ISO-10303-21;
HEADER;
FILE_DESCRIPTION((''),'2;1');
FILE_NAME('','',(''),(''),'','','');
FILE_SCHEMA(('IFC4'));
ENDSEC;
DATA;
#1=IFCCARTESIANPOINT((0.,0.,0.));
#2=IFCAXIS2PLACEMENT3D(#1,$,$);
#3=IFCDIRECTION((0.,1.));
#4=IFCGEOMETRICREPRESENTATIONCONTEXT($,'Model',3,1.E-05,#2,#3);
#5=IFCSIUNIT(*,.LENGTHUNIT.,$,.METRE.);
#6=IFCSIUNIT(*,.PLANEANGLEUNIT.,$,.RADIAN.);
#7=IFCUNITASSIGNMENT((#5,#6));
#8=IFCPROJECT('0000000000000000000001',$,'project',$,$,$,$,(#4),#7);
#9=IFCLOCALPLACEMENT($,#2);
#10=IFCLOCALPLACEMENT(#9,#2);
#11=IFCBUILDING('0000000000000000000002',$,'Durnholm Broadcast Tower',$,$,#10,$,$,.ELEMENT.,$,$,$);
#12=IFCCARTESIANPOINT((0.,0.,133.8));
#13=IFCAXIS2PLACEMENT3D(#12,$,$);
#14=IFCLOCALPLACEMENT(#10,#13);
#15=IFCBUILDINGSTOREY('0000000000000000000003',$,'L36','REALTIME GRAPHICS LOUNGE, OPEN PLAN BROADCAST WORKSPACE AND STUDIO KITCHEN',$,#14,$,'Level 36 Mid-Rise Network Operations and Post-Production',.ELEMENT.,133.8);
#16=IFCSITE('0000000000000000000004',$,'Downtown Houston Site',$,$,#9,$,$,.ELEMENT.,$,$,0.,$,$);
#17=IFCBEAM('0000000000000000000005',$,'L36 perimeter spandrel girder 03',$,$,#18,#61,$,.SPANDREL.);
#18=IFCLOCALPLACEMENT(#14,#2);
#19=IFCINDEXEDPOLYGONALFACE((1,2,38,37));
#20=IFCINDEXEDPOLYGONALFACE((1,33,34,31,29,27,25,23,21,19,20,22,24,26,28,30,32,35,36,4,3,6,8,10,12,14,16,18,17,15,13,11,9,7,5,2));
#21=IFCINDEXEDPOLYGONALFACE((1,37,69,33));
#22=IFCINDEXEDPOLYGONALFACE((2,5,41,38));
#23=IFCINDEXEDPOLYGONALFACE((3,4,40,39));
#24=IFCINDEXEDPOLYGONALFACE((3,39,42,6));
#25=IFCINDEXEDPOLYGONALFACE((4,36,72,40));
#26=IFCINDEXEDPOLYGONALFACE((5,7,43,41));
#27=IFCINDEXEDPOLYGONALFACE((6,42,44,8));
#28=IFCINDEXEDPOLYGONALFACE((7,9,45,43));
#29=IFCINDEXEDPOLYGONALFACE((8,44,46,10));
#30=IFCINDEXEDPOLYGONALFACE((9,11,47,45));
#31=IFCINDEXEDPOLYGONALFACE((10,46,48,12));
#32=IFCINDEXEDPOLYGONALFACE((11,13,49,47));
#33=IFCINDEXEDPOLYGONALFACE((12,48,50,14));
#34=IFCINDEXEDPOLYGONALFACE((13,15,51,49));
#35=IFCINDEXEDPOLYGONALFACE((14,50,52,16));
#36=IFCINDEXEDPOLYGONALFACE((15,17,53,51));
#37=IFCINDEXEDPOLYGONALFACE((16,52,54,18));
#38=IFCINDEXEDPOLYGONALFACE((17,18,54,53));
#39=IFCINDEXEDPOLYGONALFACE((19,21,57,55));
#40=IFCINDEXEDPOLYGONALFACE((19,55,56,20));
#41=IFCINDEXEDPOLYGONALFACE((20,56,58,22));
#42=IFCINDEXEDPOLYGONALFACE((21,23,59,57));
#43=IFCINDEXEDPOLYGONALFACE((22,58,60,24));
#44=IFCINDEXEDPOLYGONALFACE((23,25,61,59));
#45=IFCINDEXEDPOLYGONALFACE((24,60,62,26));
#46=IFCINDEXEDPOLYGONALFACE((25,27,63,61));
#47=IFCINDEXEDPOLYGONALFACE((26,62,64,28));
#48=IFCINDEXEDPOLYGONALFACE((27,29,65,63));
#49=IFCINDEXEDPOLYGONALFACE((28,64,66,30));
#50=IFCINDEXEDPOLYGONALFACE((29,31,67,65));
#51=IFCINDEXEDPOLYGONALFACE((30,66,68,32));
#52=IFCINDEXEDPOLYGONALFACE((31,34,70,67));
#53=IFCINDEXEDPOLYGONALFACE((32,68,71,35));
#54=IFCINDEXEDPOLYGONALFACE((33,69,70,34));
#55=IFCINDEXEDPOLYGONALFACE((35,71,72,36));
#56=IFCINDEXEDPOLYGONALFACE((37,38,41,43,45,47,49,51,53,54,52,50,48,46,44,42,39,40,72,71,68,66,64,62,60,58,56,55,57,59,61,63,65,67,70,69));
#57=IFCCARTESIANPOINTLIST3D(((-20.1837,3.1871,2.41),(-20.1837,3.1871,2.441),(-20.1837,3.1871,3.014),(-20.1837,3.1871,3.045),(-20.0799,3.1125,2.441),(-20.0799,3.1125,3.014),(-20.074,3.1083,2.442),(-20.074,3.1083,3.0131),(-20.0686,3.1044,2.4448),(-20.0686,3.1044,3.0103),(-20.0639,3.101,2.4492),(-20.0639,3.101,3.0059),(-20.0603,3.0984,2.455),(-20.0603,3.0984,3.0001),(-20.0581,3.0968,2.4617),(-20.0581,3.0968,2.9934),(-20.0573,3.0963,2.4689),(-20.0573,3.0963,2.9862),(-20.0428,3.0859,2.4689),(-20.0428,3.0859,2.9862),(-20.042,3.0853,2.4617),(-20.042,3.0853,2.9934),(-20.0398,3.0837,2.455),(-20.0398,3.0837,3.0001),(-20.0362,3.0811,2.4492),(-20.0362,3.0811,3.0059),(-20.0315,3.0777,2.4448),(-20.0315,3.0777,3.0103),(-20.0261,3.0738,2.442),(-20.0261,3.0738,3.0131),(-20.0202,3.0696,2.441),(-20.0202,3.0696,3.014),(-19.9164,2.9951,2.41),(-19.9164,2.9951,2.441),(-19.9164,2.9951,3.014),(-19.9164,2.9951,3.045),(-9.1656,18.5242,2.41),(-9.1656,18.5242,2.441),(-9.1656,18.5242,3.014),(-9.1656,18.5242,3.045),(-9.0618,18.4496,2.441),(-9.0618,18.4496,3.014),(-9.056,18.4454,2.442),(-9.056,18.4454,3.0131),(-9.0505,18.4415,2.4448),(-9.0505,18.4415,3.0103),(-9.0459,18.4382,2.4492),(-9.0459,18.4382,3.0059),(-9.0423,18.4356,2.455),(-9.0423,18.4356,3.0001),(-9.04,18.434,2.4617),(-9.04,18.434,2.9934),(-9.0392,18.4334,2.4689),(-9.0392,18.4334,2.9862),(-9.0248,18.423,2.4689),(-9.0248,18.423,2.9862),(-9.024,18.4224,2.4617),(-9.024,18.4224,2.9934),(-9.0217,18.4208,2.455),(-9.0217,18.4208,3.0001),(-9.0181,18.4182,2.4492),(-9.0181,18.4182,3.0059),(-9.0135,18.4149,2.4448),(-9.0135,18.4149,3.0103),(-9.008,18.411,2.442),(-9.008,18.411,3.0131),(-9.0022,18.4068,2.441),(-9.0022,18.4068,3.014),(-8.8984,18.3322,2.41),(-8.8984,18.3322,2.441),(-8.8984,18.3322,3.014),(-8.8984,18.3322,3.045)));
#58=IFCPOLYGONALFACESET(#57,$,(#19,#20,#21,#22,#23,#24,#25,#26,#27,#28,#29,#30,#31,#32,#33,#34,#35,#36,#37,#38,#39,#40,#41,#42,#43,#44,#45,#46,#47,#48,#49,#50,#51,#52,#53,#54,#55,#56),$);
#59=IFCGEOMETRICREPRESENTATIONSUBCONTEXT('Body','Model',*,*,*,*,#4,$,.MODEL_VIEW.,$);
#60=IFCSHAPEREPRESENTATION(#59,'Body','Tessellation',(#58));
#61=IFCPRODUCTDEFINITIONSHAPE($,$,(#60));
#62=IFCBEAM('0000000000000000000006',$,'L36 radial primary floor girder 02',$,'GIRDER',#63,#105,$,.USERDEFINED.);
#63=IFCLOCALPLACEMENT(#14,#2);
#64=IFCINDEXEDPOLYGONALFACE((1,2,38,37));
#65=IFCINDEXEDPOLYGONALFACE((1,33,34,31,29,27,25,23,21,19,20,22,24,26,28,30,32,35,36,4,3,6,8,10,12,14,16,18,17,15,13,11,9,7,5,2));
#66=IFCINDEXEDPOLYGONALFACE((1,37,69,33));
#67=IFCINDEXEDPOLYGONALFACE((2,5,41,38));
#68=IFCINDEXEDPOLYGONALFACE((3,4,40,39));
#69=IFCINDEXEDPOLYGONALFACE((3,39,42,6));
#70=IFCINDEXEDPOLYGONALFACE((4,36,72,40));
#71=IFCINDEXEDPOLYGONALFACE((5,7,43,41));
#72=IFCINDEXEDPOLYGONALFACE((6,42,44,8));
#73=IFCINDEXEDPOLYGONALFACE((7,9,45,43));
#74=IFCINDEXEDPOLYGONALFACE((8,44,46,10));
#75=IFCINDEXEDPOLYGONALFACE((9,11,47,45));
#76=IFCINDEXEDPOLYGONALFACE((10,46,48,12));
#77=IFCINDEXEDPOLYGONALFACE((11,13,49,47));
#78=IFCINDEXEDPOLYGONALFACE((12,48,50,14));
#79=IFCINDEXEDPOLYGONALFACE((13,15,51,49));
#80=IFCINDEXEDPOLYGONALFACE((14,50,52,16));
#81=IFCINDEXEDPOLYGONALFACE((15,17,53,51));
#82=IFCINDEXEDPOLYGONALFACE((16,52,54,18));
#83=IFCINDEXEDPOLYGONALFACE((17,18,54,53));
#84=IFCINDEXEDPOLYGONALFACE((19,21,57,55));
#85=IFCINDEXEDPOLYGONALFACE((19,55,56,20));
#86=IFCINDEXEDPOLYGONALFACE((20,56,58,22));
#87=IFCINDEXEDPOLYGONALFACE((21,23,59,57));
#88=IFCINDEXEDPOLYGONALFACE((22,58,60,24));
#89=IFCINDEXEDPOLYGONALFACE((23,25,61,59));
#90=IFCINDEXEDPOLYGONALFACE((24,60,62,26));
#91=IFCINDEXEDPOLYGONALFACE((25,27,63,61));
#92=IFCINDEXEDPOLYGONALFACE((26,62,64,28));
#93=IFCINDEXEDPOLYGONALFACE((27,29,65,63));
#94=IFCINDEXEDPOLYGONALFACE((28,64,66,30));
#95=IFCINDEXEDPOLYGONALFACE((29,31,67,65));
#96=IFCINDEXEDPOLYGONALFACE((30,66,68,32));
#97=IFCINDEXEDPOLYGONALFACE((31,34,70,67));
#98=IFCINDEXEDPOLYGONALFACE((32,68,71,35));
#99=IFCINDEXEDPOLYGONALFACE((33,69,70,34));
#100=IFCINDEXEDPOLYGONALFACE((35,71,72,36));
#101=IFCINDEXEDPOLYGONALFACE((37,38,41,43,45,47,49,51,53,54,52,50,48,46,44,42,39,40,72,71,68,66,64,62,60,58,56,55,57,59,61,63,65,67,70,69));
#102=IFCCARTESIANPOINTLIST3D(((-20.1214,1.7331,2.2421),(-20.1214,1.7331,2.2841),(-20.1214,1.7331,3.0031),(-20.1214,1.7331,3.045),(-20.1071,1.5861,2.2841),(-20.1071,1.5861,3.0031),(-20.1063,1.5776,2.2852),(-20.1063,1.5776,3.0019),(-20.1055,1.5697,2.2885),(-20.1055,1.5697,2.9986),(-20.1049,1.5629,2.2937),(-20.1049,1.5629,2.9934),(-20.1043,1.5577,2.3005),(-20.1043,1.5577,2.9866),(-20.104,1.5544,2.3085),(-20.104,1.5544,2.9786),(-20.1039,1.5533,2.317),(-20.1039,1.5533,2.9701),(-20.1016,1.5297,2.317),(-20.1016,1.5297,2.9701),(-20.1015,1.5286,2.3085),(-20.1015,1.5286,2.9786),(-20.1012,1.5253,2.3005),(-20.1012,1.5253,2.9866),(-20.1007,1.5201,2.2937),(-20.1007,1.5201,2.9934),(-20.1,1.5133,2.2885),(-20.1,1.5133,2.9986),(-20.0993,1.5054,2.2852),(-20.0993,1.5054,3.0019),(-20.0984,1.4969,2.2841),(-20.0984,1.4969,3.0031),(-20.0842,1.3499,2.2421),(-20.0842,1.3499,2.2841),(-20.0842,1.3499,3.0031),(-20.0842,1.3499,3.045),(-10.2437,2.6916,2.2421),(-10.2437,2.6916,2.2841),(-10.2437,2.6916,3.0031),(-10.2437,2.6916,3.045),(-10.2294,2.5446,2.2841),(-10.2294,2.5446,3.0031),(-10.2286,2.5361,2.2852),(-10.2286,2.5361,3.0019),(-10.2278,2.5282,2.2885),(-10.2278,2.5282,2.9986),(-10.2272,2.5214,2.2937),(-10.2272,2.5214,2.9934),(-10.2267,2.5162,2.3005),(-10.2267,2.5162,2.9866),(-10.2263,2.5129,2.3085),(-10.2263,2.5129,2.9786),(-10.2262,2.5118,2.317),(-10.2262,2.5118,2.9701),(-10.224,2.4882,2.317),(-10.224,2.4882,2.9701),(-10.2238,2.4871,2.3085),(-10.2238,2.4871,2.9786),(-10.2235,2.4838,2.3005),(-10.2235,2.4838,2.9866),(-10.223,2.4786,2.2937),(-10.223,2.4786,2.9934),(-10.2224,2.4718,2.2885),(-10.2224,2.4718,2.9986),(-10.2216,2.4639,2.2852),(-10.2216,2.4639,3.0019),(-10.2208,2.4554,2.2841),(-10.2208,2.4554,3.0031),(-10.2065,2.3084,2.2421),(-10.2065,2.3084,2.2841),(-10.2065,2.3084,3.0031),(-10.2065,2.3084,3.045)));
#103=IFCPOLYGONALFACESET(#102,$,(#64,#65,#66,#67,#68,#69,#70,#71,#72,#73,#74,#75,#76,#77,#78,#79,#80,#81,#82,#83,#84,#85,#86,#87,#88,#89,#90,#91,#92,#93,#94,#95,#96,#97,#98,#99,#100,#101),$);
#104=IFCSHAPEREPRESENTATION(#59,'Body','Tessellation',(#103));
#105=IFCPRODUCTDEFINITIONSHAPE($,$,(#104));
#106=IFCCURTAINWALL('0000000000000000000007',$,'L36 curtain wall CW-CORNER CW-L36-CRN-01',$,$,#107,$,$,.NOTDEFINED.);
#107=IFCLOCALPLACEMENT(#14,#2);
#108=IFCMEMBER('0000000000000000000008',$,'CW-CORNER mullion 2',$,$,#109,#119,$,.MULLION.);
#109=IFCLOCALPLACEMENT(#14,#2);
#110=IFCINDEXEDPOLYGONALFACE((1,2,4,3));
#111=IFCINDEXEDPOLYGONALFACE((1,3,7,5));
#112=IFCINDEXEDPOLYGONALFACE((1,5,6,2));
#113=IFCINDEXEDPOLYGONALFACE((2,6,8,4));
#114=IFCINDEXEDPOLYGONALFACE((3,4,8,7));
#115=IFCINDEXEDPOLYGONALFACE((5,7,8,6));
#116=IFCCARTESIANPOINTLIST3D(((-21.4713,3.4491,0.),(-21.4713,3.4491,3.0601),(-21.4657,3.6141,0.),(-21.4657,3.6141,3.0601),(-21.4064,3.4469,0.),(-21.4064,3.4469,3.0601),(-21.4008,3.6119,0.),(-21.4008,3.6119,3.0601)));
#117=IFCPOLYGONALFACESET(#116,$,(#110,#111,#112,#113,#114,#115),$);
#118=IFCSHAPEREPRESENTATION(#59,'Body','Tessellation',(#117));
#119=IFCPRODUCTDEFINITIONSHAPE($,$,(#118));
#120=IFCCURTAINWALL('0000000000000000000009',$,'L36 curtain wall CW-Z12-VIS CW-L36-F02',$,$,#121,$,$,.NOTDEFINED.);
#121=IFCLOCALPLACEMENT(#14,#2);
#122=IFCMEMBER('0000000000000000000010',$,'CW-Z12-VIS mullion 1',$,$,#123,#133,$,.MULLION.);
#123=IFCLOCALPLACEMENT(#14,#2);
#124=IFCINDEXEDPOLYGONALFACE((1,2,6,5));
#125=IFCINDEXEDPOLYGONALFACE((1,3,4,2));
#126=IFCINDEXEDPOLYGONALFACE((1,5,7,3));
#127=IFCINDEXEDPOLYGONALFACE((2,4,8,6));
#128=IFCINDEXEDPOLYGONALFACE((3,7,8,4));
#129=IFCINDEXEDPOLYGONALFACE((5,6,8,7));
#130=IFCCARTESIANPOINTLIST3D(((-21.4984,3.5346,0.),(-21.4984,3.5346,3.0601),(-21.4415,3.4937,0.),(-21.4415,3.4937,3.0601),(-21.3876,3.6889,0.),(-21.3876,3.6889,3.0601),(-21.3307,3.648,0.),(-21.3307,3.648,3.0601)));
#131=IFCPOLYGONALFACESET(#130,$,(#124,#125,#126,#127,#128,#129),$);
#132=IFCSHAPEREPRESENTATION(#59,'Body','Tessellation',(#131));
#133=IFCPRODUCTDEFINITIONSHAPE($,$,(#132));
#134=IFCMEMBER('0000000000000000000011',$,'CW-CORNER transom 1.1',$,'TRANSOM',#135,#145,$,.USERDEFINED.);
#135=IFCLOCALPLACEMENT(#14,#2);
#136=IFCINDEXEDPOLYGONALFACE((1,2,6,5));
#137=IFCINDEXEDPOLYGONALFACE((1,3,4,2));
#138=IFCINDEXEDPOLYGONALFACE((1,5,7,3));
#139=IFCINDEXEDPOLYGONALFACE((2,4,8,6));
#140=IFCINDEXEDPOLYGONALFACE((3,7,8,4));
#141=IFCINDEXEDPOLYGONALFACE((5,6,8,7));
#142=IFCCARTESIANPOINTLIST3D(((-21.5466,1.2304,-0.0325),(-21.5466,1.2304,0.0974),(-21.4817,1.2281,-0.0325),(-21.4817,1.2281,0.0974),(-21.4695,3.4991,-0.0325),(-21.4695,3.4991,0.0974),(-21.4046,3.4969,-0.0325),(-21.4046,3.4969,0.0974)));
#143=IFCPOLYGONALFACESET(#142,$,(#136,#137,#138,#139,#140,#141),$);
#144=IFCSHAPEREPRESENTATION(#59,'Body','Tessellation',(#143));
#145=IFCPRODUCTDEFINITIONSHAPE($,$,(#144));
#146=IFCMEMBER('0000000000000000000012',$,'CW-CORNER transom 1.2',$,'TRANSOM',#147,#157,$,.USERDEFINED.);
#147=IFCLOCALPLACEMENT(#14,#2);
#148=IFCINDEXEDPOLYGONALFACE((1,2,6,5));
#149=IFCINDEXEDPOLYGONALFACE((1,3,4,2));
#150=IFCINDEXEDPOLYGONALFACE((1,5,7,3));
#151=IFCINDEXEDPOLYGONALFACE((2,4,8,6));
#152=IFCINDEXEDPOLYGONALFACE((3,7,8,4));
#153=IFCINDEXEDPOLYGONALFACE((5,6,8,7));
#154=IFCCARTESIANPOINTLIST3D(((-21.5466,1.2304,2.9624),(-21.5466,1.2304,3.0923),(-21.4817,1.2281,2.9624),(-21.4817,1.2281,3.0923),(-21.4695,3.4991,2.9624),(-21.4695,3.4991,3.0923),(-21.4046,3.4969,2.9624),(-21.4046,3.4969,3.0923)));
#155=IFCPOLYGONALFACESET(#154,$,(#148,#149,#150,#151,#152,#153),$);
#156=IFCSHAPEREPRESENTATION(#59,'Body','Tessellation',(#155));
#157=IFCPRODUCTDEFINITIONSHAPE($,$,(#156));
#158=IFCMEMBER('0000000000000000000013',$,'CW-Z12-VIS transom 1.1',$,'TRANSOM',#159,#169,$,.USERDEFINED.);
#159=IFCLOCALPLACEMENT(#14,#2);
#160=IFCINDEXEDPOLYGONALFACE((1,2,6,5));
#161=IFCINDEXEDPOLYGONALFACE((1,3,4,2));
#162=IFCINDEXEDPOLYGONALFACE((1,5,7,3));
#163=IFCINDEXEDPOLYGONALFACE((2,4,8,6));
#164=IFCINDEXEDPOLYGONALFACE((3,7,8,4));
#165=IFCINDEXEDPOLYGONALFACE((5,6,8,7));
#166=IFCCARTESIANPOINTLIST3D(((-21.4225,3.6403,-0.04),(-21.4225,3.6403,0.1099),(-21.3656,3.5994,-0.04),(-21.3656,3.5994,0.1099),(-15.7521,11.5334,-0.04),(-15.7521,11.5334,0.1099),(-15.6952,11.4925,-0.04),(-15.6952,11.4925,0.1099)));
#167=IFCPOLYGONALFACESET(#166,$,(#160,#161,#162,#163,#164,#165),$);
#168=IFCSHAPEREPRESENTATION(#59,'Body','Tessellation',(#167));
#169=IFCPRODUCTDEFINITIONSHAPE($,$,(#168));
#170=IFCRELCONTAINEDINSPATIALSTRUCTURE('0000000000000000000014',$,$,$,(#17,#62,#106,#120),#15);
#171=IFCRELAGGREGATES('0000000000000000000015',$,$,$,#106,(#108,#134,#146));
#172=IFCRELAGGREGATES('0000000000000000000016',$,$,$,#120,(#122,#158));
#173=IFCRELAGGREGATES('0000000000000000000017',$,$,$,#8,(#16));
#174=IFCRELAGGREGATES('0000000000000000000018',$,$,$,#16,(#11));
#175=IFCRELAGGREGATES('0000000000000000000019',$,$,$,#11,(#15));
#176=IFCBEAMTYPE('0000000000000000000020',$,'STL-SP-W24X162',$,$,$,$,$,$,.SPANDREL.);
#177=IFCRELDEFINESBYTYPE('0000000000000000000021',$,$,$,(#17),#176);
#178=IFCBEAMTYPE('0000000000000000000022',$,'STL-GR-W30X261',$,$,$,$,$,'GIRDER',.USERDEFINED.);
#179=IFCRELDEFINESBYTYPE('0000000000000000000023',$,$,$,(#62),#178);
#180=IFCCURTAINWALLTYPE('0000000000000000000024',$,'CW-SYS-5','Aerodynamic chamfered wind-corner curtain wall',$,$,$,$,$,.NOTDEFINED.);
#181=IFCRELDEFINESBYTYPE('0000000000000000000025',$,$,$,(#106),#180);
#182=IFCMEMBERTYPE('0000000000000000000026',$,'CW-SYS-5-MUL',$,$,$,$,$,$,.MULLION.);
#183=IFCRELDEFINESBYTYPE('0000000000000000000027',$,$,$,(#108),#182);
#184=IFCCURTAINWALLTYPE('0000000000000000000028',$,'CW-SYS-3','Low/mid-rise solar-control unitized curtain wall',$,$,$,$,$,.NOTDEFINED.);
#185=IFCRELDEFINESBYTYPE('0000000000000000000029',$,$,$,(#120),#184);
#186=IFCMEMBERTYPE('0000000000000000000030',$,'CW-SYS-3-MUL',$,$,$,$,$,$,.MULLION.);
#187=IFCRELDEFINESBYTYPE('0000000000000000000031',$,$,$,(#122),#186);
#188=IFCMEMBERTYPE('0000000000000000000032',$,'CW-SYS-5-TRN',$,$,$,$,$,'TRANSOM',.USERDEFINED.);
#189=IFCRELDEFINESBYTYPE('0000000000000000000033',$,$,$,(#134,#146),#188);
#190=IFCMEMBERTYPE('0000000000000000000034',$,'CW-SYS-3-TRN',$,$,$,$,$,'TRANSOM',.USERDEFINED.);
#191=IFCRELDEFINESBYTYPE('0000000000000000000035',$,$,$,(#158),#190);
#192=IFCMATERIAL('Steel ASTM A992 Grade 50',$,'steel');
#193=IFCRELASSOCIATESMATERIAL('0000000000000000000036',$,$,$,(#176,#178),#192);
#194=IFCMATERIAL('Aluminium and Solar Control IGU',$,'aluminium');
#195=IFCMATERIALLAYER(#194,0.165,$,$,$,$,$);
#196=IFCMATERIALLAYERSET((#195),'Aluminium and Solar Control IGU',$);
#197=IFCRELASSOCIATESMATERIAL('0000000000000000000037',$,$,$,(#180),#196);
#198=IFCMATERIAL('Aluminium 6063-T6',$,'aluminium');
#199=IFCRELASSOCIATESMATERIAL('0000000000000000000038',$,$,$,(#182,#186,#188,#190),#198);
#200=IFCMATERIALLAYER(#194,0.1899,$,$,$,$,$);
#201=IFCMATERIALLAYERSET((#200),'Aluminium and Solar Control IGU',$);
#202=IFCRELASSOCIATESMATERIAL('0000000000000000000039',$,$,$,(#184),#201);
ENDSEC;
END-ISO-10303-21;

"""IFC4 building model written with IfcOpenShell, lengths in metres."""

from ifc_helpers import new_model, si_unit, direction, frame, origin, origin_2d, place, context, subcontext, project, spatial, rectangle, i_section, extrude, source, transform, mapped, material, layer, layer_set, material_profile, profile_set, type_object, type_shapes, element, aggregate, save


model = new_model("IFC4")

# Units and contexts
model_context = context("Model", 3, precision=1e-05, world=origin(), true_north=direction((0.0, 1.0)))
body_context = subcontext(model_context, "Body", "Model", "MODEL_VIEW")
ifc_project = project(units=[si_unit("LENGTHUNIT", "METRE"), si_unit("PLANEANGLEUNIT", "RADIAN")], contexts=[model_context])

# Site, building, storey
site_placement = place(None, origin())
site = spatial("IfcSite", under=ifc_project, at=site_placement, Name="Downtown Houston Site", CompositionType="ELEMENT", RefElevation=0.0)
building_placement = place(site_placement, origin())
building = spatial("IfcBuilding", under=site, at=building_placement, Name="Durnholm Broadcast Tower", CompositionType="ELEMENT")
storey_placement = place(building_placement, frame((0.0, 0.0, 133.8)))
storey = spatial("IfcBuildingStorey", under=building, at=storey_placement, Name="L36", Description="REALTIME GRAPHICS LOUNGE, OPEN PLAN BROADCAST WORKSPACE AND STUDIO KITCHEN", LongName="Level 36 Mid-Rise Network Operations and Post-Production", CompositionType="ELEMENT", Elevation=133.8)

# Beams
ifc_material_1 = material(Name="Steel ASTM A992 Grade 50", Category="steel")
ifc_material_profile_1 = material_profile(ifc_material_1, i_section(OverallWidth=0.3291, OverallDepth=0.635, WebThickness=0.0178, FlangeThickness=0.031, FilletRadius=0.0278, at=origin_2d()), Name="W24X162")
ifc_profile_set_1 = profile_set([ifc_material_profile_1], Name="Steel ASTM A992 Grade 50")
beam_type_1 = type_object("IfcBeamType", Name="STL-SP-W24X162", PredefinedType="SPANDREL", material=ifc_profile_set_1)
shared_shape_1 = source(origin(), body_context, "Body", "SweptSolid", [
    extrude(i_section(OverallWidth=0.3291, OverallDepth=0.635, WebThickness=0.0178, FlangeThickness=0.031, FilletRadius=0.0278, at=origin_2d()), origin(), (0.0, 0.0, 1.0), 18.8845),
])
beam_1_placement = place(storey_placement, frame((-20.05, 3.0911, 2.7275), z_axis=(0.583443, 0.812154, 0.0), x_axis=(-0.812154, 0.583443, 0.0)))
element("IfcBeam", 1, at=beam_1_placement, inside=storey, type_object=beam_type_1, Name="L36 perimeter spandrel girder 03", PredefinedType="SPANDREL", context=body_context, shape_type="MappedRepresentation", body=[
    mapped(shared_shape_1, transform((0.0, 0.0, 0.0), x_axis=(1.0, 0.0, 0.0), y_axis=(0.0, 1.0, 0.0), z_axis=(0.0, 0.0, 1.0), scale=1.0)),
])
ifc_material_profile_2 = material_profile(ifc_material_1, i_section(OverallWidth=0.385, OverallDepth=0.803, WebThickness=0.0237, FlangeThickness=0.042, FilletRadius=0.033, at=origin_2d()), Name="W30X261")
ifc_profile_set_2 = profile_set([ifc_material_profile_2], Name="Steel ASTM A992 Grade 50")
beam_type_2 = type_object("IfcBeamType", Name="STL-GR-W30X261", ElementType="GIRDER", PredefinedType="USERDEFINED", material=ifc_profile_set_2)
shared_shape_2 = source(origin(), body_context, "Body", "SweptSolid", [
    extrude(i_section(OverallWidth=0.385, OverallDepth=0.803, WebThickness=0.0237, FlangeThickness=0.042, FilletRadius=0.033, at=origin_2d()), origin(), (0.0, 0.0, 1.0), 9.9241),
])
type_shapes(beam_type_2, [shared_shape_2])
beam_2_placement = place(storey_placement, frame((-10.2251, 2.5, 2.6436), z_axis=(-0.995325, -0.096583, 0.0), x_axis=(0.096583, -0.995325, 0.0)))
element("IfcBeam", 2, at=beam_2_placement, inside=storey, type_object=beam_type_2, Name="L36 radial primary floor girder 02", ObjectType="GIRDER", PredefinedType="USERDEFINED", context=body_context, shape_type="MappedRepresentation", body=[
    mapped(shared_shape_2, transform((0.0, 0.0, 0.0), x_axis=(1.0, 0.0, 0.0), y_axis=(0.0, 1.0, 0.0), z_axis=(0.0, 0.0, 1.0), scale=1.0)),
])

# Curtain walls, members
ifc_material_2 = material(Name="Aluminium and Solar Control IGU", Category="aluminium")
ifc_layer_1 = layer(ifc_material_2, 0.165)
ifc_layer_set_1 = layer_set([ifc_layer_1], Name="Aluminium and Solar Control IGU")
curtain_wall_type_1 = type_object("IfcCurtainWallType", Name="CW-SYS-5", Description="Aerodynamic chamfered wind-corner curtain wall", PredefinedType="NOTDEFINED", material=ifc_layer_set_1)
curtain_wall_1_placement = place(storey_placement, origin())
curtain_wall_1 = element("IfcCurtainWall", 3, at=curtain_wall_1_placement, inside=storey, type_object=curtain_wall_type_1, Name="L36 curtain wall CW-CORNER CW-L36-CRN-01", PredefinedType="NOTDEFINED")
ifc_material_3 = material(Name="Aluminium 6063-T6", Category="aluminium")
ifc_material_profile_3 = material_profile(ifc_material_3, rectangle(XDim=0.0649, YDim=0.165, at=origin_2d()), Name="CWM65X165")
ifc_profile_set_3 = profile_set([ifc_material_profile_3], Name="Aluminium 6063-T6")
member_type_1 = type_object("IfcMemberType", Name="CW-SYS-5-MUL", PredefinedType="MULLION", material=ifc_profile_set_3)
shared_shape_3 = source(origin(), body_context, "Body", "SweptSolid", [
    extrude(rectangle(XDim=0.0649, YDim=0.165, at=origin_2d()), origin(), (0.0, 0.0, 1.0), 3.0601),
])
type_shapes(member_type_1, [shared_shape_3])
member_1_placement = place(storey_placement, frame((-21.436, 3.5305, 0.0), z_axis=(0.0, 0.0, 1.0), x_axis=(-0.999425, 0.033917, 0.0)))
member_1 = element("IfcMember", 4, at=member_1_placement, type_object=member_type_1, Name="CW-CORNER mullion 2", PredefinedType="MULLION", context=body_context, shape_type="MappedRepresentation", body=[
    mapped(shared_shape_3, transform((0.0, 0.0, 0.0), x_axis=(1.0, 0.0, 0.0), y_axis=(0.0, 1.0, 0.0), z_axis=(0.0, 0.0, 1.0), scale=1.0)),
])
ifc_layer_2 = layer(ifc_material_2, 0.1899)
ifc_layer_set_2 = layer_set([ifc_layer_2], Name="Aluminium and Solar Control IGU")
curtain_wall_type_2 = type_object("IfcCurtainWallType", Name="CW-SYS-3", Description="Low/mid-rise solar-control unitized curtain wall", PredefinedType="NOTDEFINED", material=ifc_layer_set_2)
curtain_wall_2_placement = place(storey_placement, origin())
curtain_wall_2 = element("IfcCurtainWall", 5, at=curtain_wall_2_placement, inside=storey, type_object=curtain_wall_type_2, Name="L36 curtain wall CW-Z12-VIS CW-L36-F02", PredefinedType="NOTDEFINED")
ifc_material_profile_4 = material_profile(ifc_material_3, rectangle(XDim=0.0701, YDim=0.1899, at=origin_2d()), Name="CWM70X190")
ifc_profile_set_4 = profile_set([ifc_material_profile_4], Name="Aluminium 6063-T6")
member_type_2 = type_object("IfcMemberType", Name="CW-SYS-3-MUL", PredefinedType="MULLION", material=ifc_profile_set_4)
shared_shape_4 = source(origin(), body_context, "Body", "SweptSolid", [
    extrude(rectangle(XDim=0.0701, YDim=0.1899, at=origin_2d()), origin(), (0.0, 0.0, 1.0), 3.0601),
])
type_shapes(member_type_2, [shared_shape_4])
member_2_placement = place(storey_placement, frame((-21.4146, 3.5913, 0.0), z_axis=(0.0, 0.0, 1.0), x_axis=(-0.812152, 0.583445, 0.0)))
member_2 = element("IfcMember", 6, at=member_2_placement, type_object=member_type_2, Name="CW-Z12-VIS mullion 1", PredefinedType="MULLION", context=body_context, shape_type="MappedRepresentation", body=[
    mapped(shared_shape_4, transform((0.0, 0.0, 0.0), x_axis=(1.0, 0.0, 0.0), y_axis=(0.0, 1.0, 0.0), z_axis=(0.0, 0.0, 1.0), scale=1.0)),
])

# Members
ifc_material_profile_5 = material_profile(ifc_material_3, rectangle(XDim=0.0649, YDim=0.1299, at=origin_2d()), Name="CWT65X130")
ifc_profile_set_5 = profile_set([ifc_material_profile_5], Name="Aluminium 6063-T6")
member_type_3 = type_object("IfcMemberType", Name="CW-SYS-5-TRN", ElementType="TRANSOM", PredefinedType="USERDEFINED", material=ifc_profile_set_5)
shared_shape_5 = source(origin(), body_context, "Body", "SweptSolid", [
    extrude(rectangle(XDim=0.0649, YDim=0.1299, at=origin_2d()), origin(), (0.0, 0.0, 1.0), 2.27),
])
type_shapes(member_type_3, [shared_shape_5])
member_3_placement = place(storey_placement, frame((-21.5142, 1.2292, 0.0325), z_axis=(0.033984, 0.999422, 0.0), x_axis=(-0.999422, 0.033984, 0.0)))
member_3 = element("IfcMember", 7, at=member_3_placement, type_object=member_type_3, Name="CW-CORNER transom 1.1", ObjectType="TRANSOM", PredefinedType="USERDEFINED", context=body_context, shape_type="MappedRepresentation", body=[
    mapped(shared_shape_5, transform((0.0, 0.0, 0.0), x_axis=(1.0, 0.0, 0.0), y_axis=(0.0, 1.0, 0.0), z_axis=(0.0, 0.0, 1.0), scale=1.0)),
])
member_4_placement = place(storey_placement, frame((-21.5142, 1.2292, 3.0273), z_axis=(0.033984, 0.999422, 0.0), x_axis=(-0.999422, 0.033984, 0.0)))
member_4 = element("IfcMember", 8, at=member_4_placement, type_object=member_type_3, Name="CW-CORNER transom 1.2", ObjectType="TRANSOM", PredefinedType="USERDEFINED", context=body_context, shape_type="MappedRepresentation", body=[
    mapped(shared_shape_5, transform((0.0, 0.0, 0.0), x_axis=(1.0, 0.0, 0.0), y_axis=(0.0, 1.0, 0.0), z_axis=(0.0, 0.0, 1.0), scale=1.0)),
])
ifc_material_profile_6 = material_profile(ifc_material_3, rectangle(XDim=0.0701, YDim=0.1499, at=origin_2d()), Name="CWT70X150")
ifc_profile_set_6 = profile_set([ifc_material_profile_6], Name="Aluminium 6063-T6")
member_type_4 = type_object("IfcMemberType", Name="CW-SYS-3-TRN", ElementType="TRANSOM", PredefinedType="USERDEFINED", material=ifc_profile_set_6)
shared_shape_6 = source(origin(), body_context, "Body", "SweptSolid", [
    extrude(rectangle(XDim=0.0701, YDim=0.1499, at=origin_2d()), origin(), (0.0, 0.0, 1.0), 9.7188),
])
type_shapes(member_type_4, [shared_shape_6])
member_5_placement = place(storey_placement, frame((-21.394, 3.6199, 0.0349), z_axis=(0.583451, 0.812149, 0.0), x_axis=(-0.812149, 0.583451, 0.0)))
member_5 = element("IfcMember", 9, at=member_5_placement, type_object=member_type_4, Name="CW-Z12-VIS transom 1.1", ObjectType="TRANSOM", PredefinedType="USERDEFINED", context=body_context, shape_type="MappedRepresentation", body=[
    mapped(shared_shape_6, transform((0.0, 0.0, 0.0), x_axis=(1.0, 0.0, 0.0), y_axis=(0.0, 1.0, 0.0), z_axis=(0.0, 0.0, 1.0), scale=1.0)),
])

aggregate(curtain_wall_1, [member_1, member_3, member_4])
aggregate(curtain_wall_2, [member_2, member_5])

save(model, "model.ifc")
